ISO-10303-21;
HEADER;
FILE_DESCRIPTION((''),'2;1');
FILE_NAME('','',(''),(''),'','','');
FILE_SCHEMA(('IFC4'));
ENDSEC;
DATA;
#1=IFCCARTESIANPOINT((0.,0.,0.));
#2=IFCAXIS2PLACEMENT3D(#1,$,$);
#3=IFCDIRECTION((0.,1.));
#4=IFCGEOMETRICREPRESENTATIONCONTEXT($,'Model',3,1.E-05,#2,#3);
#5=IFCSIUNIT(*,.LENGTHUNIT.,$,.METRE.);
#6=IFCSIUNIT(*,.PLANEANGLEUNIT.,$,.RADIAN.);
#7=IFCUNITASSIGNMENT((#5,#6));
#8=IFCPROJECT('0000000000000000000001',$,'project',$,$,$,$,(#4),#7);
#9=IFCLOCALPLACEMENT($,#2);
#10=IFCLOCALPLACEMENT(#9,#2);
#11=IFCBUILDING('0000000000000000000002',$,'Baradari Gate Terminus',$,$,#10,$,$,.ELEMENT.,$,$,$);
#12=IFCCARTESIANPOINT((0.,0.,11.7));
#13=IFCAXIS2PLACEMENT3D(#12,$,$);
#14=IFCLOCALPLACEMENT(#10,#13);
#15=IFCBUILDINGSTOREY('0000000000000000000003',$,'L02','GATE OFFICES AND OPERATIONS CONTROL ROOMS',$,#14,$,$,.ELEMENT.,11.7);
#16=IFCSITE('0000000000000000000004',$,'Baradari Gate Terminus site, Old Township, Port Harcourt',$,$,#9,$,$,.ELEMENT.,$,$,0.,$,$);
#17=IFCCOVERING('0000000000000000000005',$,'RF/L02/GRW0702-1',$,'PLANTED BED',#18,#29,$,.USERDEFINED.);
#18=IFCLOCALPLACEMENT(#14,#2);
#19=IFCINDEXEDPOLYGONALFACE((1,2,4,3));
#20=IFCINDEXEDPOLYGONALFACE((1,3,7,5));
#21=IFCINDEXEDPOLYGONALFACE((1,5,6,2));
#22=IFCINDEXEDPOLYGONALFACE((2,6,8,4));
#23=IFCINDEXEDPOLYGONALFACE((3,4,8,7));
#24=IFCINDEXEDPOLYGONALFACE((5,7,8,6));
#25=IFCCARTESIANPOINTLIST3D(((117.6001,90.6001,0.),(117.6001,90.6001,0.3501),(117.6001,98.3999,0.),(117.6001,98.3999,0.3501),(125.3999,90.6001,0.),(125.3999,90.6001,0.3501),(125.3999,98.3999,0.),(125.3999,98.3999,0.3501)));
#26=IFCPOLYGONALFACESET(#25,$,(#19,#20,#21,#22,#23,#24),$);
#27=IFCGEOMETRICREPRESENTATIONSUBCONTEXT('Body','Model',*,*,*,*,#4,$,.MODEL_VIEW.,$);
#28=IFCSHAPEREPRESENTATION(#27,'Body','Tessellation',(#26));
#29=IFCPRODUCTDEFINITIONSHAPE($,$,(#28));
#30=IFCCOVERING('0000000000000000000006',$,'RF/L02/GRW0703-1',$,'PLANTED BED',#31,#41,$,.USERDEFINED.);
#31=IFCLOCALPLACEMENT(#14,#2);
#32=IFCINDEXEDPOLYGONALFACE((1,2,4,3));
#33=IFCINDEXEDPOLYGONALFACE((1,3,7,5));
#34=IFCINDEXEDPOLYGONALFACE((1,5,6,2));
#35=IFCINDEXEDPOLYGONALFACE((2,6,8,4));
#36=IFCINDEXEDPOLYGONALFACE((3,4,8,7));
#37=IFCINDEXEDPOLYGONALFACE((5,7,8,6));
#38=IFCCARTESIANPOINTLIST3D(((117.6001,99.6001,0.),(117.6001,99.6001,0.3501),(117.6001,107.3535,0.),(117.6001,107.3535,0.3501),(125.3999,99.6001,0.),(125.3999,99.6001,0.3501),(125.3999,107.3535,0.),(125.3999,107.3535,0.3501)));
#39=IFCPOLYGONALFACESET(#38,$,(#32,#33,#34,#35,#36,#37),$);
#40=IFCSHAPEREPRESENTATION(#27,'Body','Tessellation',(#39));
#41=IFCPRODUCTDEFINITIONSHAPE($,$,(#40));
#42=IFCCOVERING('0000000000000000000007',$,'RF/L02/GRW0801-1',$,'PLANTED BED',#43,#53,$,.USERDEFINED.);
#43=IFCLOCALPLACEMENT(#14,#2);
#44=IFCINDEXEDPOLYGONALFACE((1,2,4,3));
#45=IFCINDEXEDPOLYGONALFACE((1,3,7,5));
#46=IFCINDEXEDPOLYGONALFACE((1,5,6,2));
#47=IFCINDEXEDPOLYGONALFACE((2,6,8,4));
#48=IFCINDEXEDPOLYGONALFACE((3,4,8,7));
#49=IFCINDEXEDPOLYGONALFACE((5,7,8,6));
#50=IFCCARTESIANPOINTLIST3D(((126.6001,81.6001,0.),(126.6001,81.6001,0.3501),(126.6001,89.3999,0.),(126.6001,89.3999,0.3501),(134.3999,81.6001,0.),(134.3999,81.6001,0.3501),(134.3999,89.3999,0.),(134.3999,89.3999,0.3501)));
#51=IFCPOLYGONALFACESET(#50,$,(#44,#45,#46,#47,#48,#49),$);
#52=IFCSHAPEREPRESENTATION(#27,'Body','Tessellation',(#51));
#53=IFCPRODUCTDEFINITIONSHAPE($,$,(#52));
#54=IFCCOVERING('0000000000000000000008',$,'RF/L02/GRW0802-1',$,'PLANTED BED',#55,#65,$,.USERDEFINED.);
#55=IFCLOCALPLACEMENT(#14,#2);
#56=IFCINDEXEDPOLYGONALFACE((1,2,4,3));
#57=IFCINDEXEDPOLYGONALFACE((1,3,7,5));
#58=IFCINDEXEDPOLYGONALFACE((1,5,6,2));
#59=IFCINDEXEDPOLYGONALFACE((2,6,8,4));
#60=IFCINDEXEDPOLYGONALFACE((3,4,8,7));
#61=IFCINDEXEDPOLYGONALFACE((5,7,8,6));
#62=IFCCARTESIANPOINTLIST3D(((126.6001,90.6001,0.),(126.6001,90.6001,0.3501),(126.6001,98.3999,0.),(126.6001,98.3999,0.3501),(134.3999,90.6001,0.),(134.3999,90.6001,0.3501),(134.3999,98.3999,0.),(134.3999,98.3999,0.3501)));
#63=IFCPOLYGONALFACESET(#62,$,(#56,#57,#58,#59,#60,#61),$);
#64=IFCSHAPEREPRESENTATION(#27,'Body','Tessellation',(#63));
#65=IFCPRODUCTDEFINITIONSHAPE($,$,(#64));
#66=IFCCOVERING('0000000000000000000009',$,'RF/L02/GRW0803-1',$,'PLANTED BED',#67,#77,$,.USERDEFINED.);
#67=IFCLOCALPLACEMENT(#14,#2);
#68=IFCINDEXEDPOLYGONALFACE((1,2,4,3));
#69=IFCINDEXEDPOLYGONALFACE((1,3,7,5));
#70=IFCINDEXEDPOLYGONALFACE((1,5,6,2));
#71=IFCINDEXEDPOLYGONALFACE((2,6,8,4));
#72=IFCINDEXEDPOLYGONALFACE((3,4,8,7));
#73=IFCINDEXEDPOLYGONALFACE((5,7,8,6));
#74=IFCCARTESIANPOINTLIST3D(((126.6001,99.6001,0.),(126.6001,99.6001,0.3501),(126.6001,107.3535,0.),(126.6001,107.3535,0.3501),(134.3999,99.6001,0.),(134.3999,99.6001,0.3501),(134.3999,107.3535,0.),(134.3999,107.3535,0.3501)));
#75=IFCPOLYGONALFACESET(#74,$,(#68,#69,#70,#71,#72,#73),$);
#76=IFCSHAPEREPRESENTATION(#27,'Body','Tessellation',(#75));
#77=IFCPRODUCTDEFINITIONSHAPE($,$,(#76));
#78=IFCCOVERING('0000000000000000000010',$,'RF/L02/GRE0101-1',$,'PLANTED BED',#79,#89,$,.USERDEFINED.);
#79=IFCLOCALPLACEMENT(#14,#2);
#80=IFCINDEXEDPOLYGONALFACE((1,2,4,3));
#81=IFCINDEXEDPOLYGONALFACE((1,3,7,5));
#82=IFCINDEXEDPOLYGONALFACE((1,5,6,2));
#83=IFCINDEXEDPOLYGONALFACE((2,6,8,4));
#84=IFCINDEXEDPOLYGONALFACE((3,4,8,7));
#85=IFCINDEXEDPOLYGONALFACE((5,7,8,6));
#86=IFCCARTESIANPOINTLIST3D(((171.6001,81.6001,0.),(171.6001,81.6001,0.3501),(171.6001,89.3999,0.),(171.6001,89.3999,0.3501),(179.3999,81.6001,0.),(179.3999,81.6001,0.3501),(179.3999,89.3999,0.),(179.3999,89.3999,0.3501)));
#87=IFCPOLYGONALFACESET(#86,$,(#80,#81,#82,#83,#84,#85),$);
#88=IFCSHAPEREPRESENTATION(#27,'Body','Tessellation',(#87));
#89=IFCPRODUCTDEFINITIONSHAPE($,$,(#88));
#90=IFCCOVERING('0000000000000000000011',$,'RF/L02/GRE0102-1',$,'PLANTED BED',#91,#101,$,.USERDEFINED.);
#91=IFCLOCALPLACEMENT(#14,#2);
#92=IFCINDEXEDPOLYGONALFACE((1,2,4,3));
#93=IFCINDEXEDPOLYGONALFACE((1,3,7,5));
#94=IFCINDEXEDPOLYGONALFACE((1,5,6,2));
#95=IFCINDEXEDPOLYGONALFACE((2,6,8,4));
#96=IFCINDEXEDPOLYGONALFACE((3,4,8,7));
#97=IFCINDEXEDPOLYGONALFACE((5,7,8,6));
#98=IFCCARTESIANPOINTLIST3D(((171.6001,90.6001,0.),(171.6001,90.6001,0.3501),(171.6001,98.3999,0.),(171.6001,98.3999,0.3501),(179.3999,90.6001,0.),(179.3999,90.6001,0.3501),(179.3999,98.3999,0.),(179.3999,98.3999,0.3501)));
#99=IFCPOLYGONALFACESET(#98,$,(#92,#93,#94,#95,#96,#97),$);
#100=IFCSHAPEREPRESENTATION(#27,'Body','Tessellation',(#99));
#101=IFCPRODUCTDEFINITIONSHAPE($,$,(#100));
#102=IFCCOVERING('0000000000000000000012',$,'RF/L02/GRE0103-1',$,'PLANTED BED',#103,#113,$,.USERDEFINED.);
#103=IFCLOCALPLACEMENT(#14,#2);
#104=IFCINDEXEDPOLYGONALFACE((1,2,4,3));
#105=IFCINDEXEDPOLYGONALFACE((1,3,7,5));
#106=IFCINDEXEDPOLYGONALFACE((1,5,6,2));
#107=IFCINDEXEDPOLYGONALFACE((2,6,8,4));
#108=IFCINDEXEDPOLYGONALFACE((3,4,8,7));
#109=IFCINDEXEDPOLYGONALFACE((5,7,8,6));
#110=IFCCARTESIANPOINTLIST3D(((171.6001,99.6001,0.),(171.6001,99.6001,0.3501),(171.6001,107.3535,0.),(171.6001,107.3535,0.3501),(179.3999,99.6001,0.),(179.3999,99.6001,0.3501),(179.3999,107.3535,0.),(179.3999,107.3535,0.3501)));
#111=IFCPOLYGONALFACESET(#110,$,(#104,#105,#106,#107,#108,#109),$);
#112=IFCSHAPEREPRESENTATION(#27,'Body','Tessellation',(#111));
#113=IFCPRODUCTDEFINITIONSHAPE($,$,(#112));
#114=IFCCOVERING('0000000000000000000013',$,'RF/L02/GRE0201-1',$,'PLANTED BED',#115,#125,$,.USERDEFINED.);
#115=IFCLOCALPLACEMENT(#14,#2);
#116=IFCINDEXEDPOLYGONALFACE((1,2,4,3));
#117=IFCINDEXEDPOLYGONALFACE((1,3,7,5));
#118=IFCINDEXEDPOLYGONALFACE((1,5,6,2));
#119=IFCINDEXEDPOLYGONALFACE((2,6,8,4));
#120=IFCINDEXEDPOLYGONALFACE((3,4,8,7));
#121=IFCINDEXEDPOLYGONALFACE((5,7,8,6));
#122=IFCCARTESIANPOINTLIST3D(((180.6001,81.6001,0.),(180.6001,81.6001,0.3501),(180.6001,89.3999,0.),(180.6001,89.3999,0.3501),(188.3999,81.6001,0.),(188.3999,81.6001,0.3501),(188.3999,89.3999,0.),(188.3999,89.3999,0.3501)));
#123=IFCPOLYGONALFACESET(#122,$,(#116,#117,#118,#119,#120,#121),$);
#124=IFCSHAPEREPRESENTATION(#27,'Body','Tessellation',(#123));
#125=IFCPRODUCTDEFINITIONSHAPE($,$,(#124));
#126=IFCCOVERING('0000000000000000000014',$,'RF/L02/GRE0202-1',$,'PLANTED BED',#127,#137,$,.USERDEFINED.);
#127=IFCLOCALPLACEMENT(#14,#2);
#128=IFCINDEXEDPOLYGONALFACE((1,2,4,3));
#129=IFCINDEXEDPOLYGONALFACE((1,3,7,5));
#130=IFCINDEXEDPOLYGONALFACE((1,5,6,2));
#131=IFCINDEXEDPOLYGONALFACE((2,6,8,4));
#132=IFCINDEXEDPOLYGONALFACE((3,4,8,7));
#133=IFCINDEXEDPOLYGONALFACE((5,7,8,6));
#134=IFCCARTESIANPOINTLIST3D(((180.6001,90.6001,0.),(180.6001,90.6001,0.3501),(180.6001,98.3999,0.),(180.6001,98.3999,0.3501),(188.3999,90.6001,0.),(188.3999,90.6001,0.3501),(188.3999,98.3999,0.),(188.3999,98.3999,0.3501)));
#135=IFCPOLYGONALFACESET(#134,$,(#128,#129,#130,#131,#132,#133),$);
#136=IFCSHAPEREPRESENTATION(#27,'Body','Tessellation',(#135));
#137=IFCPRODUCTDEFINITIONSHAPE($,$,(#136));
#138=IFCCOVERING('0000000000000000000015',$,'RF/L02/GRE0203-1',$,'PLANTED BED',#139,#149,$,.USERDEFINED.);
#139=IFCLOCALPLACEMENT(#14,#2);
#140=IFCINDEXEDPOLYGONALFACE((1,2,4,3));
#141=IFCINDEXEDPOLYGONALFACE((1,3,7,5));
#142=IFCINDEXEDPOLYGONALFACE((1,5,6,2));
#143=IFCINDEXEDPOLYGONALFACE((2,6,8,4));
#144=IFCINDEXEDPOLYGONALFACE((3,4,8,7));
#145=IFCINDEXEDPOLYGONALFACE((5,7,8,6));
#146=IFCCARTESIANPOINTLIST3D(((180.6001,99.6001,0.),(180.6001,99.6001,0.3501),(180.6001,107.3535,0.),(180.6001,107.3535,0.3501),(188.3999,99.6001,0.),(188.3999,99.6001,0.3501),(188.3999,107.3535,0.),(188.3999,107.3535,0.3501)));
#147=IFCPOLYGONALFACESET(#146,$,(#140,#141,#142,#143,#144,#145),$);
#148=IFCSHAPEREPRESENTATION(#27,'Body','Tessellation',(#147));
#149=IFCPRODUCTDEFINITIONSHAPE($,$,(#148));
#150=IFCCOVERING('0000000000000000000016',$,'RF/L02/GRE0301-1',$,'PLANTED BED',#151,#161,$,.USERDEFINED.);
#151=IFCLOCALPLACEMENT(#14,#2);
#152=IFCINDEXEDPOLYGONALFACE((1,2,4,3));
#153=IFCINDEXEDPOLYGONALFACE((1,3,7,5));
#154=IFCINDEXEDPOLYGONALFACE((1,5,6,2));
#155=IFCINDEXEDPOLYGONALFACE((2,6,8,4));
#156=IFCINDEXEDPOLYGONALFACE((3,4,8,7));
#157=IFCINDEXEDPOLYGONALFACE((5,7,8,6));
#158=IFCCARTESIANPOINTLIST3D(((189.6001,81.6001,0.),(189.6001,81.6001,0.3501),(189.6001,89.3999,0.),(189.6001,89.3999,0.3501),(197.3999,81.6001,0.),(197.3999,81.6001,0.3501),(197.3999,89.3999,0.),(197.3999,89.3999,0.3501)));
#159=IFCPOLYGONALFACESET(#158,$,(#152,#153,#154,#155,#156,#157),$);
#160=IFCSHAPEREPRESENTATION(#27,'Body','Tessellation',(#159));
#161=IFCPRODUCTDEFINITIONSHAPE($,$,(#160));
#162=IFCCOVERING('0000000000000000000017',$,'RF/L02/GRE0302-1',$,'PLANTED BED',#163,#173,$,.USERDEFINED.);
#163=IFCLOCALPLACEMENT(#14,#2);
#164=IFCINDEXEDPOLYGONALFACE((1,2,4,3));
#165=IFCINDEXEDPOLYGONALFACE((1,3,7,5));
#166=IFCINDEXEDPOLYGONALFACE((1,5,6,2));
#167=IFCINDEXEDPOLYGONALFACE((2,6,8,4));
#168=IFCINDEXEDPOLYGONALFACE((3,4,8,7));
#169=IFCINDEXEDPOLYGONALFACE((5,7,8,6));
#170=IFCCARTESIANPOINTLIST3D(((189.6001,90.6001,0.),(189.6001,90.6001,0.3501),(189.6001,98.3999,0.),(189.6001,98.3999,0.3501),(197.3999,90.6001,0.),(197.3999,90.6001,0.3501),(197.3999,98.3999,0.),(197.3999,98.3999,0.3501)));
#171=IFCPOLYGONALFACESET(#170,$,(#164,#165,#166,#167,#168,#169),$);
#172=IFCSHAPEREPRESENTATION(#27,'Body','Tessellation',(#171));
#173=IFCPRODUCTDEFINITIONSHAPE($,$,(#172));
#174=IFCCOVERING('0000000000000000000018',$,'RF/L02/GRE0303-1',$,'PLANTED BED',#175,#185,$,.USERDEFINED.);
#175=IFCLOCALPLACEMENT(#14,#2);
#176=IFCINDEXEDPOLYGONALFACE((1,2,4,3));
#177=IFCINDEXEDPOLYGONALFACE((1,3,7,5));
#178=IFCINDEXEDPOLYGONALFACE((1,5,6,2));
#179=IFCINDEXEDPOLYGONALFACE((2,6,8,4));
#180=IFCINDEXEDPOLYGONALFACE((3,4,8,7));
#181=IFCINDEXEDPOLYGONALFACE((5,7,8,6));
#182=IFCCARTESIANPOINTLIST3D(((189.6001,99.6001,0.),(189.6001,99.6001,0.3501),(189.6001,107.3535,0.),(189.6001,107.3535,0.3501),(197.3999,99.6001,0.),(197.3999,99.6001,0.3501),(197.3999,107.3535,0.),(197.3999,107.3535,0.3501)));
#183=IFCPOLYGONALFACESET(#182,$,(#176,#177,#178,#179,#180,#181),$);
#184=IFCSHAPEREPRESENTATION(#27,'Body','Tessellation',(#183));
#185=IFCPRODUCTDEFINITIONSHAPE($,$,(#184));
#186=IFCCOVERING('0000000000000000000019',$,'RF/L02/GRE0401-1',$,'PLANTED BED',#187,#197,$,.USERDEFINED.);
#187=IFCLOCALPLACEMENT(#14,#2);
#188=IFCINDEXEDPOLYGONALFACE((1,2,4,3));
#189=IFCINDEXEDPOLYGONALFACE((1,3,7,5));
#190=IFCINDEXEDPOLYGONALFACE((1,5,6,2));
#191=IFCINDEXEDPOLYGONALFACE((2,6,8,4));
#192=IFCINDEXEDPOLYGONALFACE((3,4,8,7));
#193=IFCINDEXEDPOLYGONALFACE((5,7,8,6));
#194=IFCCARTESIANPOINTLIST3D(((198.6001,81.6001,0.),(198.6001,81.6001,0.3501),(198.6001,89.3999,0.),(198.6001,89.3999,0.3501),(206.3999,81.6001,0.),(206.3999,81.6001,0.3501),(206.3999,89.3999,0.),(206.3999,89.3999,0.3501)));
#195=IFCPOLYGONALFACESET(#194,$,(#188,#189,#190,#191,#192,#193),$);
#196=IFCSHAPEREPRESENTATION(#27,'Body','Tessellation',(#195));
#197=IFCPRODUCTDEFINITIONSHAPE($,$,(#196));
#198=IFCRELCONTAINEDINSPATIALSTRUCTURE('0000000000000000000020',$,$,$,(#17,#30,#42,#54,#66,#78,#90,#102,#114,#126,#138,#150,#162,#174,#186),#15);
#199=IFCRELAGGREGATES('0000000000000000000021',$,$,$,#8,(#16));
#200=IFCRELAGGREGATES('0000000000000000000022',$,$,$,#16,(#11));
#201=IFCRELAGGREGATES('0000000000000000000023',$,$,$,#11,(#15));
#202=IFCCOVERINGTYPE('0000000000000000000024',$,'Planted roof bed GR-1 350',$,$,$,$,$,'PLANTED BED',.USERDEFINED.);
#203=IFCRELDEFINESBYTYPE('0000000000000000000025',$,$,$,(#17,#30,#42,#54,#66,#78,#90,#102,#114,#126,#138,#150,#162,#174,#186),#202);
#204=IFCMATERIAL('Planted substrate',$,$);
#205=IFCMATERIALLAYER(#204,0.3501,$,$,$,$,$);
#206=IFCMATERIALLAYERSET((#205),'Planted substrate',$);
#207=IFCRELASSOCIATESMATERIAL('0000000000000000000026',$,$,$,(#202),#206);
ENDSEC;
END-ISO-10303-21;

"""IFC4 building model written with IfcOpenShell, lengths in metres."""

from ifc_helpers import new_model, si_unit, direction, frame, origin, place, context, subcontext, project, spatial, polyline, outline, extrude, material, layer, layer_set, type_object, element, save


model = new_model("IFC4")

# Units and contexts
model_context = context("Model", 3, precision=1e-05, world=origin(), true_north=direction((0.0, 1.0)))
body_context = subcontext(model_context, "Body", "Model", "MODEL_VIEW")
ifc_project = project(units=[si_unit("LENGTHUNIT", "METRE"), si_unit("PLANEANGLEUNIT", "RADIAN")], contexts=[model_context])

# Site, building, storey
site_placement = place(None, origin())
site = spatial("IfcSite", under=ifc_project, at=site_placement, Name="Baradari Gate Terminus site, Old Township, Port Harcourt", CompositionType="ELEMENT", RefElevation=0.0)
building_placement = place(site_placement, origin())
building = spatial("IfcBuilding", under=site, at=building_placement, Name="Baradari Gate Terminus", CompositionType="ELEMENT")
storey_placement = place(building_placement, frame((0.0, 0.0, 11.7)))
storey = spatial("IfcBuildingStorey", under=building, at=storey_placement, Name="L02", Description="GATE OFFICES AND OPERATIONS CONTROL ROOMS", CompositionType="ELEMENT", Elevation=11.7)

# Coverings
ifc_material = material(Name="Planted substrate")
ifc_layer = layer(ifc_material, 0.3501)
ifc_layer_set = layer_set([ifc_layer], Name="Planted substrate")
covering_type = type_object("IfcCoveringType", Name="Planted roof bed GR-1 350", ElementType="PLANTED BED", PredefinedType="USERDEFINED", material=ifc_layer_set)
covering_1_placement = place(storey_placement, origin())
element("IfcCovering", 1, at=covering_1_placement, inside=storey, type_object=covering_type, Name="RF/L02/GRW0702-1", ObjectType="PLANTED BED", PredefinedType="USERDEFINED", context=body_context, shape_type="SweptSolid", body=[
    extrude(outline(polyline([(117.6001, 98.3999), (125.3999, 98.3999), (125.3999, 90.6001), (117.6001, 90.6001), (117.6001, 98.3999)])), origin(), (0.0, 0.0, 1.0), 0.3501),
])
covering_2_placement = place(storey_placement, origin())
element("IfcCovering", 2, at=covering_2_placement, inside=storey, type_object=covering_type, Name="RF/L02/GRW0703-1", ObjectType="PLANTED BED", PredefinedType="USERDEFINED", context=body_context, shape_type="SweptSolid", body=[
    extrude(outline(polyline([(117.6001, 107.3535), (125.3999, 107.3535), (125.3999, 99.6001), (117.6001, 99.6001), (117.6001, 107.3535)])), origin(), (0.0, 0.0, 1.0), 0.3501),
])
covering_3_placement = place(storey_placement, origin())
element("IfcCovering", 3, at=covering_3_placement, inside=storey, type_object=covering_type, Name="RF/L02/GRW0801-1", ObjectType="PLANTED BED", PredefinedType="USERDEFINED", context=body_context, shape_type="SweptSolid", body=[
    extrude(outline(polyline([(126.6001, 81.6001), (126.6001, 89.3999), (134.3999, 89.3999), (134.3999, 81.6001), (126.6001, 81.6001)])), origin(), (0.0, 0.0, 1.0), 0.3501),
])
covering_4_placement = place(storey_placement, origin())
element("IfcCovering", 4, at=covering_4_placement, inside=storey, type_object=covering_type, Name="RF/L02/GRW0802-1", ObjectType="PLANTED BED", PredefinedType="USERDEFINED", context=body_context, shape_type="SweptSolid", body=[
    extrude(outline(polyline([(126.6001, 90.6001), (126.6001, 98.3999), (134.3999, 98.3999), (134.3999, 90.6001), (126.6001, 90.6001)])), origin(), (0.0, 0.0, 1.0), 0.3501),
])
covering_5_placement = place(storey_placement, origin())
element("IfcCovering", 5, at=covering_5_placement, inside=storey, type_object=covering_type, Name="RF/L02/GRW0803-1", ObjectType="PLANTED BED", PredefinedType="USERDEFINED", context=body_context, shape_type="SweptSolid", body=[
    extrude(outline(polyline([(126.6001, 99.6001), (126.6001, 107.3535), (134.3999, 107.3535), (134.3999, 99.6001), (126.6001, 99.6001)])), origin(), (0.0, 0.0, 1.0), 0.3501),
])
covering_6_placement = place(storey_placement, origin())
element("IfcCovering", 6, at=covering_6_placement, inside=storey, type_object=covering_type, Name="RF/L02/GRE0101-1", ObjectType="PLANTED BED", PredefinedType="USERDEFINED", context=body_context, shape_type="SweptSolid", body=[
    extrude(outline(polyline([(179.3999, 81.6001), (171.6001, 81.6001), (171.6001, 89.3999), (179.3999, 89.3999), (179.3999, 81.6001)])), origin(), (0.0, 0.0, 1.0), 0.3501),
])
covering_7_placement = place(storey_placement, origin())
element("IfcCovering", 7, at=covering_7_placement, inside=storey, type_object=covering_type, Name="RF/L02/GRE0102-1", ObjectType="PLANTED BED", PredefinedType="USERDEFINED", context=body_context, shape_type="SweptSolid", body=[
    extrude(outline(polyline([(179.3999, 90.6001), (171.6001, 90.6001), (171.6001, 98.3999), (179.3999, 98.3999), (179.3999, 90.6001)])), origin(), (0.0, 0.0, 1.0), 0.3501),
])
covering_8_placement = place(storey_placement, origin())
element("IfcCovering", 8, at=covering_8_placement, inside=storey, type_object=covering_type, Name="RF/L02/GRE0103-1", ObjectType="PLANTED BED", PredefinedType="USERDEFINED", context=body_context, shape_type="SweptSolid", body=[
    extrude(outline(polyline([(179.3999, 99.6001), (171.6001, 99.6001), (171.6001, 107.3535), (179.3999, 107.3535), (179.3999, 99.6001)])), origin(), (0.0, 0.0, 1.0), 0.3501),
])
covering_9_placement = place(storey_placement, origin())
element("IfcCovering", 9, at=covering_9_placement, inside=storey, type_object=covering_type, Name="RF/L02/GRE0201-1", ObjectType="PLANTED BED", PredefinedType="USERDEFINED", context=body_context, shape_type="SweptSolid", body=[
    extrude(outline(polyline([(180.6001, 89.3999), (188.3999, 89.3999), (188.3999, 81.6001), (180.6001, 81.6001), (180.6001, 89.3999)])), origin(), (0.0, 0.0, 1.0), 0.3501),
])
covering_10_placement = place(storey_placement, origin())
element("IfcCovering", 10, at=covering_10_placement, inside=storey, type_object=covering_type, Name="RF/L02/GRE0202-1", ObjectType="PLANTED BED", PredefinedType="USERDEFINED", context=body_context, shape_type="SweptSolid", body=[
    extrude(outline(polyline([(180.6001, 98.3999), (188.3999, 98.3999), (188.3999, 90.6001), (180.6001, 90.6001), (180.6001, 98.3999)])), origin(), (0.0, 0.0, 1.0), 0.3501),
])
covering_11_placement = place(storey_placement, origin())
element("IfcCovering", 11, at=covering_11_placement, inside=storey, type_object=covering_type, Name="RF/L02/GRE0203-1", ObjectType="PLANTED BED", PredefinedType="USERDEFINED", context=body_context, shape_type="SweptSolid", body=[
    extrude(outline(polyline([(180.6001, 107.3535), (188.3999, 107.3535), (188.3999, 99.6001), (180.6001, 99.6001), (180.6001, 107.3535)])), origin(), (0.0, 0.0, 1.0), 0.3501),
])
covering_12_placement = place(storey_placement, origin())
element("IfcCovering", 12, at=covering_12_placement, inside=storey, type_object=covering_type, Name="RF/L02/GRE0301-1", ObjectType="PLANTED BED", PredefinedType="USERDEFINED", context=body_context, shape_type="SweptSolid", body=[
    extrude(outline(polyline([(189.6001, 89.3999), (197.3999, 89.3999), (197.3999, 81.6001), (189.6001, 81.6001), (189.6001, 89.3999)])), origin(), (0.0, 0.0, 1.0), 0.3501),
])
covering_13_placement = place(storey_placement, origin())
element("IfcCovering", 13, at=covering_13_placement, inside=storey, type_object=covering_type, Name="RF/L02/GRE0302-1", ObjectType="PLANTED BED", PredefinedType="USERDEFINED", context=body_context, shape_type="SweptSolid", body=[
    extrude(outline(polyline([(189.6001, 98.3999), (197.3999, 98.3999), (197.3999, 90.6001), (189.6001, 90.6001), (189.6001, 98.3999)])), origin(), (0.0, 0.0, 1.0), 0.3501),
])
covering_14_placement = place(storey_placement, origin())
element("IfcCovering", 14, at=covering_14_placement, inside=storey, type_object=covering_type, Name="RF/L02/GRE0303-1", ObjectType="PLANTED BED", PredefinedType="USERDEFINED", context=body_context, shape_type="SweptSolid", body=[
    extrude(outline(polyline([(189.6001, 107.3535), (197.3999, 107.3535), (197.3999, 99.6001), (189.6001, 99.6001), (189.6001, 107.3535)])), origin(), (0.0, 0.0, 1.0), 0.3501),
])
covering_15_placement = place(storey_placement, origin())
element("IfcCovering", 15, at=covering_15_placement, inside=storey, type_object=covering_type, Name="RF/L02/GRE0401-1", ObjectType="PLANTED BED", PredefinedType="USERDEFINED", context=body_context, shape_type="SweptSolid", body=[
    extrude(outline(polyline([(198.6001, 89.3999), (206.3999, 89.3999), (206.3999, 81.6001), (198.6001, 81.6001), (198.6001, 89.3999)])), origin(), (0.0, 0.0, 1.0), 0.3501),
])

save(model, "model.ifc")
